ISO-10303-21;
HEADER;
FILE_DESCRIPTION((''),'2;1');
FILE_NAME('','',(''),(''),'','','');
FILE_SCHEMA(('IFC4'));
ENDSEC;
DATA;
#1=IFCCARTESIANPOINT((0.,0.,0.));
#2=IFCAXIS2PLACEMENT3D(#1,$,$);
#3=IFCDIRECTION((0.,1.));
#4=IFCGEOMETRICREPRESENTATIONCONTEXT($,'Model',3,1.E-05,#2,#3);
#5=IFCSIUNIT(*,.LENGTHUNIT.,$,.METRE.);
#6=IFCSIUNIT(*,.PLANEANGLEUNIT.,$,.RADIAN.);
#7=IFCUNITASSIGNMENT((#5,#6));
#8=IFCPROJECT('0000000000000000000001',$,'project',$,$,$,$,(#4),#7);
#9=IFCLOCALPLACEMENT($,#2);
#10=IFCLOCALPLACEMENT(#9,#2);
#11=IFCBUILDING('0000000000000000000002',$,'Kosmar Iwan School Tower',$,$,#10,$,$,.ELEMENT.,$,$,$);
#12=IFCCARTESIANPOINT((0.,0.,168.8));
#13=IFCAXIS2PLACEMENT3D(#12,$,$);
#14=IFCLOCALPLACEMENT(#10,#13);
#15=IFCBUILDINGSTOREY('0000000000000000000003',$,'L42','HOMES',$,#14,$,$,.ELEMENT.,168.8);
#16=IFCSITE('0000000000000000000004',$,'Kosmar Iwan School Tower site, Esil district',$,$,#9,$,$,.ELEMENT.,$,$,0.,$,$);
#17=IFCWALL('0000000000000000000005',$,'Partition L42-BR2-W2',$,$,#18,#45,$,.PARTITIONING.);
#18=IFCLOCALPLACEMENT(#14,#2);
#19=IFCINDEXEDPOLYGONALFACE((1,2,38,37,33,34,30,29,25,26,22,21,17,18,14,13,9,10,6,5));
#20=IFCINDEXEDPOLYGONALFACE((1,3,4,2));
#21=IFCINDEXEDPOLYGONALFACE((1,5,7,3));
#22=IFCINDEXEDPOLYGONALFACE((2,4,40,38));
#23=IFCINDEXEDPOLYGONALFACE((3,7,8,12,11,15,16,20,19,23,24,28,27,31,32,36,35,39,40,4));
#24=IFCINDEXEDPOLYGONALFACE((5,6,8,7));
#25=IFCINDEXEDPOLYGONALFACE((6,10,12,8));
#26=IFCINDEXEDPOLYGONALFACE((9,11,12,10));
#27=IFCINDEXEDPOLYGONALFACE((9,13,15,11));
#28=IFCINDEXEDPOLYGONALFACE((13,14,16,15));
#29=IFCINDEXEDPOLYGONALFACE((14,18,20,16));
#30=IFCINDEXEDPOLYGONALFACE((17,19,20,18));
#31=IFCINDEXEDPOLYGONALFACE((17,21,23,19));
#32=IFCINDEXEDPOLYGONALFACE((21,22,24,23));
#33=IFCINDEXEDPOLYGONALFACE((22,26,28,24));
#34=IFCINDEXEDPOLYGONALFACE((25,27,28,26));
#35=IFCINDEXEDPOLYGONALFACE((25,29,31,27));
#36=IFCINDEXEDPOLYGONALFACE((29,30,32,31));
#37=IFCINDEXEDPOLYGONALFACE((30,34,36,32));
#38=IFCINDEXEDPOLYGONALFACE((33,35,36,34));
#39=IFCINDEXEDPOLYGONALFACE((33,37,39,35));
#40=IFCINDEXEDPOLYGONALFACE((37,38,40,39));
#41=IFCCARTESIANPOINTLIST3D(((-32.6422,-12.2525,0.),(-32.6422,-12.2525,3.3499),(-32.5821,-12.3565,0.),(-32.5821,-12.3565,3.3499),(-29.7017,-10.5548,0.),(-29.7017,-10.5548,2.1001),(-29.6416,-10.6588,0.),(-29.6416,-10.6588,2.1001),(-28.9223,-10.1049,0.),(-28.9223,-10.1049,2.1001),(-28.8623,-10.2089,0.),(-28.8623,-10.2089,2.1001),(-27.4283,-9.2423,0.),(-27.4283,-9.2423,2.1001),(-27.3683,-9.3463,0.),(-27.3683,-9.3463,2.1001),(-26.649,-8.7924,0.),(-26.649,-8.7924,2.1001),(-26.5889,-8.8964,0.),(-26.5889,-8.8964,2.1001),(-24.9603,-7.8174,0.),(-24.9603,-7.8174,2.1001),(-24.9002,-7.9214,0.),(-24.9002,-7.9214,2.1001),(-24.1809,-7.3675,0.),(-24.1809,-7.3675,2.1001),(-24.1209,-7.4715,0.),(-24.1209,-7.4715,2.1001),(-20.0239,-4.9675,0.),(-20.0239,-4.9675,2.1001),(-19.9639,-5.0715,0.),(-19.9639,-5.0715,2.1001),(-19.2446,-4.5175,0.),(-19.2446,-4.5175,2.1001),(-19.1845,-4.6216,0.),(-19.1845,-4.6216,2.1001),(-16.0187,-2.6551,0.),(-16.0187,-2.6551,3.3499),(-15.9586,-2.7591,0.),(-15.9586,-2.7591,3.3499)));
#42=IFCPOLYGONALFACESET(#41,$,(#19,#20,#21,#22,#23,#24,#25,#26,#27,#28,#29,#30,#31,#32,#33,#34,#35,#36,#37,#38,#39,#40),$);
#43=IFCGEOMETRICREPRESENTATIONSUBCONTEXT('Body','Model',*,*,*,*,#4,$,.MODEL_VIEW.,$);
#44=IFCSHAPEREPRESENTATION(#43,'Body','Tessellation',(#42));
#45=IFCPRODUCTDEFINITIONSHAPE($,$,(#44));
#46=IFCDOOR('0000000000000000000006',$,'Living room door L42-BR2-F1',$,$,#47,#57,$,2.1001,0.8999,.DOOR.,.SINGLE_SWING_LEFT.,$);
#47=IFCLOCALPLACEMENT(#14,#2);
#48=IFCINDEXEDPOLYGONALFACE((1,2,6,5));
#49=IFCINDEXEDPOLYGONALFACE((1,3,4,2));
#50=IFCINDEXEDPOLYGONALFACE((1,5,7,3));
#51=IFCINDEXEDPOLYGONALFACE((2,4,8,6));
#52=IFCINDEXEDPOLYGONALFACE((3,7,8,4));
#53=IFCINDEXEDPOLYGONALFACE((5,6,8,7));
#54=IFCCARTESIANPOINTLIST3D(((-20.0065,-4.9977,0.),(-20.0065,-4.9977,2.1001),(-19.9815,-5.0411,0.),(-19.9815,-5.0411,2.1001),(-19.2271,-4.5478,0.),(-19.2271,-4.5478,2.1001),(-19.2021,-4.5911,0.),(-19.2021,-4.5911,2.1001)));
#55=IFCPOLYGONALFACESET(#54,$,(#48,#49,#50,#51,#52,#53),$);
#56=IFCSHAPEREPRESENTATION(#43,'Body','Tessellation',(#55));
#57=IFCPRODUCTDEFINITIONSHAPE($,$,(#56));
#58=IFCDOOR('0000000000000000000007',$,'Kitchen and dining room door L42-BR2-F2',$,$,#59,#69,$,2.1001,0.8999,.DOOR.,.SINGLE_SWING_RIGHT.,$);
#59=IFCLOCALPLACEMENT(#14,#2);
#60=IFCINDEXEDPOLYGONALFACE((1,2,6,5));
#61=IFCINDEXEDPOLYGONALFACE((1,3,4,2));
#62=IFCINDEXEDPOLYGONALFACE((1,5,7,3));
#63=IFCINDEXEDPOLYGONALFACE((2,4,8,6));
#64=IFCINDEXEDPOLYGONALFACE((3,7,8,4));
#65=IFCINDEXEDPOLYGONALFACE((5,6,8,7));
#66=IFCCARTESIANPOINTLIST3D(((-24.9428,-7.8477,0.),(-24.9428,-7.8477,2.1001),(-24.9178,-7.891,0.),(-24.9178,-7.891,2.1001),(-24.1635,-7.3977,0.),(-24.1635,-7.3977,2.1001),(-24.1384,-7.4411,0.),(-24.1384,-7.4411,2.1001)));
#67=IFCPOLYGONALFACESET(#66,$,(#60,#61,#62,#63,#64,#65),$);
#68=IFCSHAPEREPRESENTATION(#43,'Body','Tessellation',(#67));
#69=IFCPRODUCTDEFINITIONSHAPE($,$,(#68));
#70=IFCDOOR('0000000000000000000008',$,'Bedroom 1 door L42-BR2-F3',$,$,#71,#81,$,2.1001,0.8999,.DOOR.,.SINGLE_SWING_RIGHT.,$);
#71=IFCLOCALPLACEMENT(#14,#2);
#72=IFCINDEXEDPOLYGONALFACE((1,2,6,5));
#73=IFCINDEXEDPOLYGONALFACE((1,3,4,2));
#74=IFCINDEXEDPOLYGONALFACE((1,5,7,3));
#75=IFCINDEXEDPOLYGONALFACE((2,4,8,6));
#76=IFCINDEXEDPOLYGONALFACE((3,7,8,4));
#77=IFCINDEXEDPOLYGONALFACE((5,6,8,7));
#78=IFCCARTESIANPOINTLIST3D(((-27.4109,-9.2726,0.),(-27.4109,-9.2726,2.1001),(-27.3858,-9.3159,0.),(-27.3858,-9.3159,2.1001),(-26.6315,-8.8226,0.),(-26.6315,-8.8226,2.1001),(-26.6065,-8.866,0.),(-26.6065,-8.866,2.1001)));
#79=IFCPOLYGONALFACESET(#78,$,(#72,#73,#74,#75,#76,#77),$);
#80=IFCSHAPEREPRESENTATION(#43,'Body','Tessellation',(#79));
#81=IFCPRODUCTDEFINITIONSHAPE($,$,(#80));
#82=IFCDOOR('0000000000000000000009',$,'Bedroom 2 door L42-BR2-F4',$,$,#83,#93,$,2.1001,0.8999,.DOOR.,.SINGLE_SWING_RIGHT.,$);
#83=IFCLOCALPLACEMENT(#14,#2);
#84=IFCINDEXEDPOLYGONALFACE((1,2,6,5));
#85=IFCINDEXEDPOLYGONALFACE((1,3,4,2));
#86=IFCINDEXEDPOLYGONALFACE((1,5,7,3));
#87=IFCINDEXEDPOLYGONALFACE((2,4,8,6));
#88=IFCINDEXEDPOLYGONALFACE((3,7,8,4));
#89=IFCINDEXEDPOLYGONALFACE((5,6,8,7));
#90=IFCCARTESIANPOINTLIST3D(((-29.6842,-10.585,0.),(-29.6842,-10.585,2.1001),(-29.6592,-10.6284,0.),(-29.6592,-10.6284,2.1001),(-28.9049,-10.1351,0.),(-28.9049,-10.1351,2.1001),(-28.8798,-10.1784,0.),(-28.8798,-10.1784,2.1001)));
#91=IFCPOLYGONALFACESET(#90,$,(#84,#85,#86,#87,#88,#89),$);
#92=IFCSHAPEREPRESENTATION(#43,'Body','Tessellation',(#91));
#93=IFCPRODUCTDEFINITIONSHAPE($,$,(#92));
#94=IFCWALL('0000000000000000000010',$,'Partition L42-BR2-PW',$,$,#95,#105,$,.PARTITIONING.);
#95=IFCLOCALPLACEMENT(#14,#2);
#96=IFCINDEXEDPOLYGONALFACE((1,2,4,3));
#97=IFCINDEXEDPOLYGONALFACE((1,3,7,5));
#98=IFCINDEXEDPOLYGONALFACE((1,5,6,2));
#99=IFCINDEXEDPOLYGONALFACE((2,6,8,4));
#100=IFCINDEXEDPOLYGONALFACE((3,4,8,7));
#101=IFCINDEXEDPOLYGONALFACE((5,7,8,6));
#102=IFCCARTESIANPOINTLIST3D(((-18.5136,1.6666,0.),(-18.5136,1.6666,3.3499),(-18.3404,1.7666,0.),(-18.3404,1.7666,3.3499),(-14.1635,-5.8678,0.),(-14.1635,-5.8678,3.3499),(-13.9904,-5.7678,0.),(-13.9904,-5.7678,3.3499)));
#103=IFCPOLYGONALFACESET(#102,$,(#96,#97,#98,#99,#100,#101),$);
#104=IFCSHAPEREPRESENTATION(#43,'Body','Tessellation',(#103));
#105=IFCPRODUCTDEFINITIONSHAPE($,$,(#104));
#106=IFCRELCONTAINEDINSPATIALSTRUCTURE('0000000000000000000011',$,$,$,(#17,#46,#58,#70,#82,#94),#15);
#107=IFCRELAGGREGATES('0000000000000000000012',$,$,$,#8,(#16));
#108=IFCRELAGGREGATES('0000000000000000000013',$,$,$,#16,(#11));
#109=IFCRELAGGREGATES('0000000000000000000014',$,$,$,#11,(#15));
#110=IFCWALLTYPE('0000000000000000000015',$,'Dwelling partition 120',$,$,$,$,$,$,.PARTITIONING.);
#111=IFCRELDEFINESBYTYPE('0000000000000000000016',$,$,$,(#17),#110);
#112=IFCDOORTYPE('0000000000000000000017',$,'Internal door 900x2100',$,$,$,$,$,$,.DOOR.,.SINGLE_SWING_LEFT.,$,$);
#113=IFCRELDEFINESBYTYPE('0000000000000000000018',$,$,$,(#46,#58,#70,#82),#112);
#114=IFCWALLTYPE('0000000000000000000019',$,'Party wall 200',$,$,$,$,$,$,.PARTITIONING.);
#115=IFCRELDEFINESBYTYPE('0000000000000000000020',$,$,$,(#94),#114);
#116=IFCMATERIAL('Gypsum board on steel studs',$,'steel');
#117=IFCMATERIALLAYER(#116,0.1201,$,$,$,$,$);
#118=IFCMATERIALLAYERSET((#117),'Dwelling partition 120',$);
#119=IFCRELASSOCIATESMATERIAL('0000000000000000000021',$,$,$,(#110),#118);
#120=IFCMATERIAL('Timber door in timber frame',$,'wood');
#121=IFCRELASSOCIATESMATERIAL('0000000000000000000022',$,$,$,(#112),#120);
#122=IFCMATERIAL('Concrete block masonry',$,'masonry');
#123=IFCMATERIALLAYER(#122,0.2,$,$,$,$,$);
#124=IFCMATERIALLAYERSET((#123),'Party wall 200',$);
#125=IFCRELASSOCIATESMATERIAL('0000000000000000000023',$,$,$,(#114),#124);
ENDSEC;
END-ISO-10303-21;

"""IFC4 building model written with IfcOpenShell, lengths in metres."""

from ifc_helpers import new_model, si_unit, direction, frame, frame_2d, origin, place, context, subcontext, project, spatial, rectangle, extrude, material, layer, layer_set, type_object, element, fill, save


model = new_model("IFC4")

# Units and contexts
model_context = context("Model", 3, precision=1e-05, world=origin(), true_north=direction((0.0, 1.0)))
body_context = subcontext(model_context, "Body", "Model", "MODEL_VIEW")
ifc_project = project(units=[si_unit("LENGTHUNIT", "METRE"), si_unit("PLANEANGLEUNIT", "RADIAN")], contexts=[model_context])

# Site, building, storey
site_placement = place(None, origin())
site = spatial("IfcSite", under=ifc_project, at=site_placement, Name="Kosmar Iwan School Tower site, Esil district", CompositionType="ELEMENT", RefElevation=0.0)
building_placement = place(site_placement, origin())
building = spatial("IfcBuilding", under=site, at=building_placement, Name="Kosmar Iwan School Tower", CompositionType="ELEMENT")
storey_placement = place(building_placement, frame((0.0, 0.0, 168.8)))
storey = spatial("IfcBuildingStorey", under=building, at=storey_placement, Name="L42", Description="HOMES", CompositionType="ELEMENT", Elevation=168.8)

# Shared definitions
ifc_material_1 = material(Name="Gypsum board on steel studs", Category="steel")
ifc_layer_1 = layer(ifc_material_1, 0.1201)
ifc_layer_set_1 = layer_set([ifc_layer_1], Name="Dwelling partition 120")
wall_type_1 = type_object("IfcWallType", Name="Dwelling partition 120", PredefinedType="PARTITIONING", material=ifc_layer_set_1)

# Wall, openings, doors
ifc_material_2 = material(Name="Timber door in timber frame", Category="wood")
door_type_1 = type_object("IfcDoorType", Name="Internal door 900x2100", OperationType="SINGLE_SWING_LEFT", PredefinedType="DOOR", material=ifc_material_2)
wall_1_placement = place(storey_placement, frame((-15.9885, -2.707, 0.0), z_axis=(0.0, 0.0, 1.0), x_axis=(-0.86603, -0.499993, 0.0)))
wall_1 = element("IfcWall", 1, at=wall_1_placement, inside=storey, type_object=wall_type_1, Name="Partition L42-BR2-W2", PredefinedType="PARTITIONING", context=body_context, shape_type="SweptSolid", body=[
    extrude(rectangle(XDim=19.1951, YDim=0.1201, at=frame_2d((9.5977, 0.0))), origin(), (0.0, 0.0, 1.0), 3.3499),
])
opening_1_placement = place(wall_1_placement, frame((3.7251, 0.0, 0.0)))
opening_1 = element("IfcOpeningElement", 2, at=opening_1_placement, cuts=wall_1, PredefinedType="OPENING", context=body_context, shape_type="SweptSolid", body=[
    extrude(rectangle(XDim=0.8999, YDim=2.1001, at=frame_2d((0.45, 1.05))), frame((0.0, 0.072, 0.0), z_axis=(0.0, -1.0, 0.0), x_axis=(1.0, 0.0, 0.0)), (0.0, 0.0, 1.0), 0.144),
])
opening_2_placement = place(wall_1_placement, frame((9.425, 0.0, 0.0)))
opening_2 = element("IfcOpeningElement", 3, at=opening_2_placement, cuts=wall_1, PredefinedType="OPENING", context=body_context, shape_type="SweptSolid", body=[
    extrude(rectangle(XDim=0.8999, YDim=2.1001, at=frame_2d((0.45, 1.05))), frame((0.0, 0.072, 0.0), z_axis=(0.0, -1.0, 0.0), x_axis=(1.0, 0.0, 0.0)), (0.0, 0.0, 1.0), 0.144),
])
opening_3_placement = place(wall_1_placement, frame((12.2749, 0.0, 0.0)))
opening_3 = element("IfcOpeningElement", 4, at=opening_3_placement, cuts=wall_1, PredefinedType="OPENING", context=body_context, shape_type="SweptSolid", body=[
    extrude(rectangle(XDim=0.8999, YDim=2.1001, at=frame_2d((0.45, 1.05))), frame((0.0, 0.072, 0.0), z_axis=(0.0, -1.0, 0.0), x_axis=(1.0, 0.0, 0.0)), (0.0, 0.0, 1.0), 0.144),
])
opening_4_placement = place(wall_1_placement, frame((14.8999, 0.0, 0.0)))
opening_4 = element("IfcOpeningElement", 5, at=opening_4_placement, cuts=wall_1, PredefinedType="OPENING", context=body_context, shape_type="SweptSolid", body=[
    extrude(rectangle(XDim=0.8999, YDim=2.1001, at=frame_2d((0.45, 1.05))), frame((0.0, 0.072, 0.0), z_axis=(0.0, -1.0, 0.0), x_axis=(1.0, 0.0, 0.0)), (0.0, 0.0, 1.0), 0.144),
])
door_1_placement = place(opening_1_placement, origin())
door_1 = element("IfcDoor", 6, at=door_1_placement, inside=storey, type_object=door_type_1, Name="Living room door L42-BR2-F1", OperationType="SINGLE_SWING_LEFT", OverallHeight=2.1001, OverallWidth=0.8999, PredefinedType="DOOR", context=body_context, shape_type="SweptSolid", body=[
    extrude(rectangle(XDim=0.8999, YDim=2.1001, at=frame_2d((0.45, 1.05))), frame((0.0, 0.0249, 0.0), z_axis=(0.0, -1.0, 0.0), x_axis=(1.0, 0.0, 0.0)), (0.0, 0.0, 1.0), 0.05),
])
fill(opening_1, door_1)
door_2_placement = place(opening_2_placement, origin())
door_2 = element("IfcDoor", 7, at=door_2_placement, inside=storey, type_object=door_type_1, Name="Kitchen and dining room door L42-BR2-F2", OperationType="SINGLE_SWING_RIGHT", OverallHeight=2.1001, OverallWidth=0.8999, PredefinedType="DOOR", context=body_context, shape_type="SweptSolid", body=[
    extrude(rectangle(XDim=0.8999, YDim=2.1001, at=frame_2d((0.45, 1.05))), frame((0.0, 0.0249, 0.0), z_axis=(0.0, -1.0, 0.0), x_axis=(1.0, 0.0, 0.0)), (0.0, 0.0, 1.0), 0.05),
])
fill(opening_2, door_2)
door_3_placement = place(opening_3_placement, origin())
door_3 = element("IfcDoor", 8, at=door_3_placement, inside=storey, type_object=door_type_1, Name="Bedroom 1 door L42-BR2-F3", OperationType="SINGLE_SWING_RIGHT", OverallHeight=2.1001, OverallWidth=0.8999, PredefinedType="DOOR", context=body_context, shape_type="SweptSolid", body=[
    extrude(rectangle(XDim=0.8999, YDim=2.1001, at=frame_2d((0.45, 1.05))), frame((0.0, 0.0249, 0.0), z_axis=(0.0, -1.0, 0.0), x_axis=(1.0, 0.0, 0.0)), (0.0, 0.0, 1.0), 0.05),
])
fill(opening_3, door_3)
door_4_placement = place(opening_4_placement, origin())
door_4 = element("IfcDoor", 9, at=door_4_placement, inside=storey, type_object=door_type_1, Name="Bedroom 2 door L42-BR2-F4", OperationType="SINGLE_SWING_RIGHT", OverallHeight=2.1001, OverallWidth=0.8999, PredefinedType="DOOR", context=body_context, shape_type="SweptSolid", body=[
    extrude(rectangle(XDim=0.8999, YDim=2.1001, at=frame_2d((0.45, 1.05))), frame((0.0, 0.0249, 0.0), z_axis=(0.0, -1.0, 0.0), x_axis=(1.0, 0.0, 0.0)), (0.0, 0.0, 1.0), 0.05),
])
fill(opening_4, door_4)

# Wall
ifc_material_3 = material(Name="Concrete block masonry", Category="masonry")
ifc_layer_2 = layer(ifc_material_3, 0.2)
ifc_layer_set_2 = layer_set([ifc_layer_2], Name="Party wall 200")
wall_type_2 = type_object("IfcWallType", Name="Party wall 200", PredefinedType="PARTITIONING", material=ifc_layer_set_2)
wall_2_placement = place(storey_placement, frame((-14.0769, -5.8179, 0.0), z_axis=(0.0, 0.0, 1.0), x_axis=(-0.500008, 0.866021, 0.0)))
element("IfcWall", 10, at=wall_2_placement, inside=storey, type_object=wall_type_2, Name="Partition L42-BR2-PW", PredefinedType="PARTITIONING", context=body_context, shape_type="SweptSolid", body=[
    extrude(rectangle(XDim=8.7, YDim=0.2, at=frame_2d((4.3501, 0.0))), origin(), (0.0, 0.0, 1.0), 3.3499),
])

save(model, "model.ifc")
